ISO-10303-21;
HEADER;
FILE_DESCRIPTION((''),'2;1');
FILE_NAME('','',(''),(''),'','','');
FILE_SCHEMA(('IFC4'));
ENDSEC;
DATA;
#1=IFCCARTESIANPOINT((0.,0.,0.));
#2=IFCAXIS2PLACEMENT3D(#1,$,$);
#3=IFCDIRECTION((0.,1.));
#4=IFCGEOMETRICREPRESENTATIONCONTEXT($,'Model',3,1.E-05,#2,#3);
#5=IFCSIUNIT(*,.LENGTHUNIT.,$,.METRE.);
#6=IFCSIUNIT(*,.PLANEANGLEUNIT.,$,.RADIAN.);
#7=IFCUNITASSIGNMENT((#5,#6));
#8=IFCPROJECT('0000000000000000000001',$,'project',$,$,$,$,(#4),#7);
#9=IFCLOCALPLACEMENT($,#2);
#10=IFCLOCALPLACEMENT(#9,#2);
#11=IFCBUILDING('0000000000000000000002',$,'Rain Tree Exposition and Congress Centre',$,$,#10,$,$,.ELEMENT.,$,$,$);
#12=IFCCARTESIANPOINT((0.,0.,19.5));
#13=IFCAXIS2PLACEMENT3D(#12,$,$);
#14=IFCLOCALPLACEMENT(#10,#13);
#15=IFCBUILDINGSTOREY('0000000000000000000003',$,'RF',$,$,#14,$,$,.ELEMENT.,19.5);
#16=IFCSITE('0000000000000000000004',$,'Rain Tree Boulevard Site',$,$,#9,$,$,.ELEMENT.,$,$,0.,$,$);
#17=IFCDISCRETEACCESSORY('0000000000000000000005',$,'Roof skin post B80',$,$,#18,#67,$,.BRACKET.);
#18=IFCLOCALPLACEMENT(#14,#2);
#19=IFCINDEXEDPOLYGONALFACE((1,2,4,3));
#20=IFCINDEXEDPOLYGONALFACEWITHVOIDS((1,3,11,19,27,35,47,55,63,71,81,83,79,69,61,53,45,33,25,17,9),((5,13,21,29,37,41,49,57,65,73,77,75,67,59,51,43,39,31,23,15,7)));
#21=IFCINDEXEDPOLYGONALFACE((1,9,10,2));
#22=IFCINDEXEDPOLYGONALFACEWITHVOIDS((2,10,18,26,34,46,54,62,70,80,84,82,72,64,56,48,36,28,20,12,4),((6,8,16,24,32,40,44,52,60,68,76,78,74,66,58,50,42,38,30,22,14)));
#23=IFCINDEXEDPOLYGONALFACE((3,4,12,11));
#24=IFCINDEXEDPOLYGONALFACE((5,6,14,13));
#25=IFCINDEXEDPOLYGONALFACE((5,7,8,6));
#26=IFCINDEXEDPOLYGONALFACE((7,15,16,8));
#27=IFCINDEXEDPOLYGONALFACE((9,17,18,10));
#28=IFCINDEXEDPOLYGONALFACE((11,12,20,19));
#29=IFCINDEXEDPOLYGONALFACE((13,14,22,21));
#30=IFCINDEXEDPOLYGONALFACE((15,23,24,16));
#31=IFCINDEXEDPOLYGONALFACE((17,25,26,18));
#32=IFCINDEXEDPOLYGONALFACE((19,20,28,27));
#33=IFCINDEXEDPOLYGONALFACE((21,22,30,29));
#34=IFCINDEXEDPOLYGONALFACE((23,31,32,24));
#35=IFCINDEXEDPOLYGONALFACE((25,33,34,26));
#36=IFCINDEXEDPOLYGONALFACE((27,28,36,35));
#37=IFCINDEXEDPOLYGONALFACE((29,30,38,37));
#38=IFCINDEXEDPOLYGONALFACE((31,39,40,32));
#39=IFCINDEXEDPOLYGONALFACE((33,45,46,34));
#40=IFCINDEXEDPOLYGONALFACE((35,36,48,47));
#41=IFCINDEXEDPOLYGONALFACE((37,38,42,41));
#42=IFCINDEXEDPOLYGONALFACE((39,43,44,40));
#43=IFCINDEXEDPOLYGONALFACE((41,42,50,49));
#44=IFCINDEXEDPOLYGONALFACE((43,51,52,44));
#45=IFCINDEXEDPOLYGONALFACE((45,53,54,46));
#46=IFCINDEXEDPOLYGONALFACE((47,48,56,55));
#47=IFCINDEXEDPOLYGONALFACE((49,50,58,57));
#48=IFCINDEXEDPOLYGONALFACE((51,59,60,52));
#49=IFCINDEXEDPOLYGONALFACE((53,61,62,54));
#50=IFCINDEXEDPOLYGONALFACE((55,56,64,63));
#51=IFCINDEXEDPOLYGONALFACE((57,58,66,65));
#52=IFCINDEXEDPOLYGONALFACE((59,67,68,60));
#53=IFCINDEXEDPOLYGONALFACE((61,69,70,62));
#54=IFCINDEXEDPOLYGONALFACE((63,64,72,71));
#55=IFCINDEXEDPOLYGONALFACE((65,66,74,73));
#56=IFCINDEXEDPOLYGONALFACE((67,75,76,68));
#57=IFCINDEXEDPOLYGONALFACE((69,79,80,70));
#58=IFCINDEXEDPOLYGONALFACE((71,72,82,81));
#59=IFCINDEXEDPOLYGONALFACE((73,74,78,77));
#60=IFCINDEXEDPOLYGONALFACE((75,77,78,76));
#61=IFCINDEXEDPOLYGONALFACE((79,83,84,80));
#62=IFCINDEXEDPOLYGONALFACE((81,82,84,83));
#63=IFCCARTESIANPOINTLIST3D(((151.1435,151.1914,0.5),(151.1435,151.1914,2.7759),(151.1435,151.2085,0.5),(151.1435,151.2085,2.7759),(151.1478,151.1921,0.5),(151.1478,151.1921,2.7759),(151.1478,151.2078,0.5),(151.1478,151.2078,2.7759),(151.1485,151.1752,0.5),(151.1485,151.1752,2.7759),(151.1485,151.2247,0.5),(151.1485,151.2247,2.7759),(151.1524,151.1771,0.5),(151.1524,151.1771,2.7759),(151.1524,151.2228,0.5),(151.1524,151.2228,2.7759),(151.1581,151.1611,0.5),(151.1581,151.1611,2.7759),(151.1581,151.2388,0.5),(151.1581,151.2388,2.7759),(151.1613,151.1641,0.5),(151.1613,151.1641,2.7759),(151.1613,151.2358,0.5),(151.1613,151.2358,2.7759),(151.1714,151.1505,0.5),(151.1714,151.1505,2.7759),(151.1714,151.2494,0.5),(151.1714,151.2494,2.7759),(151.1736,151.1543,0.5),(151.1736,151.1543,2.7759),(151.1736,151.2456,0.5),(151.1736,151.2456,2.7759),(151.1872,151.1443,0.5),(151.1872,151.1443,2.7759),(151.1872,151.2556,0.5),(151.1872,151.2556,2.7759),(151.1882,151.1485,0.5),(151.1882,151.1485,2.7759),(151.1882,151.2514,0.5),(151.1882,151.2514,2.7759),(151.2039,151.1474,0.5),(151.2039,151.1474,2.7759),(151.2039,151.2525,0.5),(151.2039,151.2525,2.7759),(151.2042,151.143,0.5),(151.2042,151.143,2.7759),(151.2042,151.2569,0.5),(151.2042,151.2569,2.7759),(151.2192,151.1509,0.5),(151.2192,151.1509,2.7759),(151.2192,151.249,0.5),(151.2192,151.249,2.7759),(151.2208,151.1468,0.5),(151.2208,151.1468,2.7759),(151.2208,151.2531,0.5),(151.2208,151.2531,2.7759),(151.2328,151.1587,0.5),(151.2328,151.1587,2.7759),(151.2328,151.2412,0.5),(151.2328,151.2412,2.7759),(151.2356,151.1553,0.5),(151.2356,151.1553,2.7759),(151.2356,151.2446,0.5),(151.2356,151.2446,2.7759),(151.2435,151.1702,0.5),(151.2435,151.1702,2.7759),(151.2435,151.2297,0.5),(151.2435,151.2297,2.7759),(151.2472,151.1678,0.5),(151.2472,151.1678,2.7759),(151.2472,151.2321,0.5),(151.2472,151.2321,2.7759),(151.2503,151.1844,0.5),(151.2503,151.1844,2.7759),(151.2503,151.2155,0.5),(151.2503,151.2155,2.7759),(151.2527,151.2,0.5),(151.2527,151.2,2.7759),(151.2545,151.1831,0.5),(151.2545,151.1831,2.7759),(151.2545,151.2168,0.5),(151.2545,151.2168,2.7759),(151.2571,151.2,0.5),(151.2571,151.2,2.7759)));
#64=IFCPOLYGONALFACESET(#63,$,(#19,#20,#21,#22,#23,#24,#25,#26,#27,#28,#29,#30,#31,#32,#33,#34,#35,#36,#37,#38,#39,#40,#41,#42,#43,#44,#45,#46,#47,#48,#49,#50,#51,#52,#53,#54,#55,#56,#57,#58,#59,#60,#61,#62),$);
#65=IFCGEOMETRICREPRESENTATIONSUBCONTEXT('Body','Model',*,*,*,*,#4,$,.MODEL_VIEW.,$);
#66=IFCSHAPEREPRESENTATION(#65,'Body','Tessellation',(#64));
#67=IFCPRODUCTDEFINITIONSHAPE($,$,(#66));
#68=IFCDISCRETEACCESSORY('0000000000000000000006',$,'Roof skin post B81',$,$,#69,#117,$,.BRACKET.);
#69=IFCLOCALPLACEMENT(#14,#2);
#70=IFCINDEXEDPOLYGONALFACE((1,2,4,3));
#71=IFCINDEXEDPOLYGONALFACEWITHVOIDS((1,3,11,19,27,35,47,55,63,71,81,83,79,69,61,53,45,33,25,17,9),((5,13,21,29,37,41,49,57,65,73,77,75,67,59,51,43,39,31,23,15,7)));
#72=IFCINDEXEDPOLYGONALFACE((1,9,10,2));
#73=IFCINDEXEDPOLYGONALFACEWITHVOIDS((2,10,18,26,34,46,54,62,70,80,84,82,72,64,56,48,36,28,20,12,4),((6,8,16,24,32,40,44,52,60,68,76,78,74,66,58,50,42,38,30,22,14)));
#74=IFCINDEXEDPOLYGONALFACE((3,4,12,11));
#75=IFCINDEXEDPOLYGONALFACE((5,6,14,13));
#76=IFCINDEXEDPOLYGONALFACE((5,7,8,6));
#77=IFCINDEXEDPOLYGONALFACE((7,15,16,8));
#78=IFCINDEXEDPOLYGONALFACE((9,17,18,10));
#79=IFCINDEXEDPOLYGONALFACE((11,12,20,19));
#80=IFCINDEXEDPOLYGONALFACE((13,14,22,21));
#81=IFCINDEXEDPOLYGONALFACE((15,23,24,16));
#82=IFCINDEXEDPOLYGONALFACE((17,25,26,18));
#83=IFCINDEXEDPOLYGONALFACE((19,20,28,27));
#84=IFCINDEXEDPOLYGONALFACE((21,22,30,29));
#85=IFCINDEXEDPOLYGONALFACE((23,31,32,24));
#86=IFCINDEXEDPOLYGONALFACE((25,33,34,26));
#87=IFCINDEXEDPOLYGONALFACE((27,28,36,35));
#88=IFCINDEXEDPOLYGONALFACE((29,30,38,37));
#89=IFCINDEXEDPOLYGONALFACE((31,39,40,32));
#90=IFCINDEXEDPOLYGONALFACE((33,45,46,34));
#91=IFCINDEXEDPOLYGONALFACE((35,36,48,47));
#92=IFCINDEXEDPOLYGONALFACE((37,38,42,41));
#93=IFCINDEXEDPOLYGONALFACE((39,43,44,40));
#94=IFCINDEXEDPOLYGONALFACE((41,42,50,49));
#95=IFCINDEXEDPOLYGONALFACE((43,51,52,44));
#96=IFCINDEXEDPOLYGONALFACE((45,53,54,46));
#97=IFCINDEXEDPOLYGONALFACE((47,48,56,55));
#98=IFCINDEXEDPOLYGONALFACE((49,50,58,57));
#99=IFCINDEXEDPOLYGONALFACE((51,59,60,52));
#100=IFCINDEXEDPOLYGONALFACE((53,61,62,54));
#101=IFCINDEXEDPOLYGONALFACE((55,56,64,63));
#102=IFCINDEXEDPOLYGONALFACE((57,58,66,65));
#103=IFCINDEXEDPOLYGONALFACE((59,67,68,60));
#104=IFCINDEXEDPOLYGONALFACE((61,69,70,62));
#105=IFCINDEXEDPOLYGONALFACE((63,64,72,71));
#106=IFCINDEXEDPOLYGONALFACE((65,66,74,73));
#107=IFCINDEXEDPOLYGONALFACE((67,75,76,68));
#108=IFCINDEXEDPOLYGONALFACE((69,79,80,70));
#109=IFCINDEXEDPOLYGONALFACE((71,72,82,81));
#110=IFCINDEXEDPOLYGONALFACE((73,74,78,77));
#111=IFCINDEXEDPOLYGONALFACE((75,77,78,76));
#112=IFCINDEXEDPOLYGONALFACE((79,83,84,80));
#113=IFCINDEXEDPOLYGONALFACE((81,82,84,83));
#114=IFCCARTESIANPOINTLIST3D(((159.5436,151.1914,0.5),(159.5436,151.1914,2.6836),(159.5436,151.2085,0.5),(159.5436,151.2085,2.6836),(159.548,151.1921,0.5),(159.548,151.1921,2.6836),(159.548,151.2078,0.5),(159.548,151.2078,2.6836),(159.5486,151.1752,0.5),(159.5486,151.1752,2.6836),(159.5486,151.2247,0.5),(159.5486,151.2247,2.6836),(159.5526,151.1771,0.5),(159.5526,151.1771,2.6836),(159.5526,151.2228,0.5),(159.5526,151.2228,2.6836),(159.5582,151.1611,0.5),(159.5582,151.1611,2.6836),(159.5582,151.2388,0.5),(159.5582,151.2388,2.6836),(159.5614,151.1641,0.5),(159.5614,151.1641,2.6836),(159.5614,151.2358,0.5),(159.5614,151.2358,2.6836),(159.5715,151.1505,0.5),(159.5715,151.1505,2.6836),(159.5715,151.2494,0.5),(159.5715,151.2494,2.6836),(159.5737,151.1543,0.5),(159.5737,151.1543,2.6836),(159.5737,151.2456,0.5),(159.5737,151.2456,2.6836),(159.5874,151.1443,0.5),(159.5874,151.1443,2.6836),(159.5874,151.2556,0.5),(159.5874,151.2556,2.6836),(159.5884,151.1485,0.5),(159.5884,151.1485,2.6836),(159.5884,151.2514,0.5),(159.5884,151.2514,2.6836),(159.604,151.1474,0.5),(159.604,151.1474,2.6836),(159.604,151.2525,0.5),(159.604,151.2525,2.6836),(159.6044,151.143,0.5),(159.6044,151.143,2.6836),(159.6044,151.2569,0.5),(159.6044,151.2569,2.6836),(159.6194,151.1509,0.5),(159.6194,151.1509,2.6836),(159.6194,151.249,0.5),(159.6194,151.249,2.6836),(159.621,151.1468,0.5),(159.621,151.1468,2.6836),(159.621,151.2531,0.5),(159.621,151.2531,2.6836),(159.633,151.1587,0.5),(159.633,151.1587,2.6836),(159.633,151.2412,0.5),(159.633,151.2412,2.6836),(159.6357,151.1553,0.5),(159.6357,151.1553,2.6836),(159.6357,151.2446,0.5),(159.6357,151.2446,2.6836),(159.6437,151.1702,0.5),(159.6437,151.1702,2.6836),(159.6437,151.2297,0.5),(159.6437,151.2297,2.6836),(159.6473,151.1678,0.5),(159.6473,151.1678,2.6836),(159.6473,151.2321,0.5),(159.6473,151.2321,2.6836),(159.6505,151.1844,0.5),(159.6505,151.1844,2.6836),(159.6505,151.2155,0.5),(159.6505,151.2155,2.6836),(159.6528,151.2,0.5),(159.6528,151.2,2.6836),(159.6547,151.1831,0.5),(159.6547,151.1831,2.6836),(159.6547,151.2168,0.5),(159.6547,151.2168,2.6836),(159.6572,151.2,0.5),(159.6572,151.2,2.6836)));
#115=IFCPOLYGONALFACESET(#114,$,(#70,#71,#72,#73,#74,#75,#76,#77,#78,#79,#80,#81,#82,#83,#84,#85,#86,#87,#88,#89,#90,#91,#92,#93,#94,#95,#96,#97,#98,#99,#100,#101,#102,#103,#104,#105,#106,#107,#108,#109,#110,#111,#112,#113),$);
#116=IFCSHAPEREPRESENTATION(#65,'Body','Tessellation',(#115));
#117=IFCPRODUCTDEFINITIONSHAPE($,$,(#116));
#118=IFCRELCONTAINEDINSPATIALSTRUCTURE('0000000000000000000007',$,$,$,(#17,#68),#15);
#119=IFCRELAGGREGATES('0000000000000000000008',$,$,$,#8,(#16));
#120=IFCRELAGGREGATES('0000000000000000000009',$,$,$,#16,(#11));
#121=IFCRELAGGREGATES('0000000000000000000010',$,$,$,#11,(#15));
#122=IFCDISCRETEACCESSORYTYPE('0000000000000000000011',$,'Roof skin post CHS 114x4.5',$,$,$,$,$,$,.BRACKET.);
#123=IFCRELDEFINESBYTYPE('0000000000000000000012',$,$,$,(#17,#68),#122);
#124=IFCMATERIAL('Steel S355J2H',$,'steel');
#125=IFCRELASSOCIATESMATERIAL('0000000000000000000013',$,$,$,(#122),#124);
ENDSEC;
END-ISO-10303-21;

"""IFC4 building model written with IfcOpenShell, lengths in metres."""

from ifc_helpers import new_model, si_unit, direction, frame, origin, origin_2d, place, context, subcontext, project, spatial, hollow_circle, extrude, material, material_profile, profile_set, type_object, element, save


model = new_model("IFC4")

# Units and contexts
model_context = context("Model", 3, precision=1e-05, world=origin(), true_north=direction((0.0, 1.0)))
body_context = subcontext(model_context, "Body", "Model", "MODEL_VIEW")
ifc_project = project(units=[si_unit("LENGTHUNIT", "METRE"), si_unit("PLANEANGLEUNIT", "RADIAN")], contexts=[model_context])

# Site, building, storey
site_placement = place(None, origin())
site = spatial("IfcSite", under=ifc_project, at=site_placement, Name="Rain Tree Boulevard Site", CompositionType="ELEMENT", RefElevation=0.0)
building_placement = place(site_placement, origin())
building = spatial("IfcBuilding", under=site, at=building_placement, Name="Rain Tree Exposition and Congress Centre", CompositionType="ELEMENT")
storey_placement = place(building_placement, frame((0.0, 0.0, 19.5)))
storey = spatial("IfcBuildingStorey", under=building, at=storey_placement, Name="RF", CompositionType="ELEMENT", Elevation=19.5)

# Discrete accessories
ifc_material_1 = material(Name="Steel S355J2H", Category="steel")
ifc_material_profile_1 = material_profile(ifc_material_1, hollow_circle(Radius=0.0571, WallThickness=0.0044, at=origin_2d()), Name="CHS 114x4.5")
ifc_profile_set_1 = profile_set([ifc_material_profile_1], Name="Steel S355J2H")
discrete_accessory_type_1 = type_object("IfcDiscreteAccessoryType", Name="Roof skin post CHS 114x4.5", PredefinedType="BRACKET", material=ifc_profile_set_1)
discrete_accessory_1_placement = place(storey_placement, frame((151.2, 151.2, 0.5), z_axis=(0.0, 0.0, 1.0), x_axis=(1.0, 0.0, 0.0)))
element("IfcDiscreteAccessory", 1, at=discrete_accessory_1_placement, inside=storey, type_object=discrete_accessory_type_1, Name="Roof skin post B80", PredefinedType="BRACKET", context=body_context, shape_type="SweptSolid", body=[
    extrude(hollow_circle(Radius=0.0571, WallThickness=0.0044, at=origin_2d()), origin(), (0.0, 0.0, 1.0), 2.2759),
])
discrete_accessory_2_placement = place(storey_placement, frame((159.6001, 151.2, 0.5), z_axis=(0.0, 0.0, 1.0), x_axis=(1.0, 0.0, 0.0)))
element("IfcDiscreteAccessory", 2, at=discrete_accessory_2_placement, inside=storey, type_object=discrete_accessory_type_1, Name="Roof skin post B81", PredefinedType="BRACKET", context=body_context, shape_type="SweptSolid", body=[
    extrude(hollow_circle(Radius=0.0571, WallThickness=0.0044, at=origin_2d()), origin(), (0.0, 0.0, 1.0), 2.1836),
])

save(model, "model.ifc")
